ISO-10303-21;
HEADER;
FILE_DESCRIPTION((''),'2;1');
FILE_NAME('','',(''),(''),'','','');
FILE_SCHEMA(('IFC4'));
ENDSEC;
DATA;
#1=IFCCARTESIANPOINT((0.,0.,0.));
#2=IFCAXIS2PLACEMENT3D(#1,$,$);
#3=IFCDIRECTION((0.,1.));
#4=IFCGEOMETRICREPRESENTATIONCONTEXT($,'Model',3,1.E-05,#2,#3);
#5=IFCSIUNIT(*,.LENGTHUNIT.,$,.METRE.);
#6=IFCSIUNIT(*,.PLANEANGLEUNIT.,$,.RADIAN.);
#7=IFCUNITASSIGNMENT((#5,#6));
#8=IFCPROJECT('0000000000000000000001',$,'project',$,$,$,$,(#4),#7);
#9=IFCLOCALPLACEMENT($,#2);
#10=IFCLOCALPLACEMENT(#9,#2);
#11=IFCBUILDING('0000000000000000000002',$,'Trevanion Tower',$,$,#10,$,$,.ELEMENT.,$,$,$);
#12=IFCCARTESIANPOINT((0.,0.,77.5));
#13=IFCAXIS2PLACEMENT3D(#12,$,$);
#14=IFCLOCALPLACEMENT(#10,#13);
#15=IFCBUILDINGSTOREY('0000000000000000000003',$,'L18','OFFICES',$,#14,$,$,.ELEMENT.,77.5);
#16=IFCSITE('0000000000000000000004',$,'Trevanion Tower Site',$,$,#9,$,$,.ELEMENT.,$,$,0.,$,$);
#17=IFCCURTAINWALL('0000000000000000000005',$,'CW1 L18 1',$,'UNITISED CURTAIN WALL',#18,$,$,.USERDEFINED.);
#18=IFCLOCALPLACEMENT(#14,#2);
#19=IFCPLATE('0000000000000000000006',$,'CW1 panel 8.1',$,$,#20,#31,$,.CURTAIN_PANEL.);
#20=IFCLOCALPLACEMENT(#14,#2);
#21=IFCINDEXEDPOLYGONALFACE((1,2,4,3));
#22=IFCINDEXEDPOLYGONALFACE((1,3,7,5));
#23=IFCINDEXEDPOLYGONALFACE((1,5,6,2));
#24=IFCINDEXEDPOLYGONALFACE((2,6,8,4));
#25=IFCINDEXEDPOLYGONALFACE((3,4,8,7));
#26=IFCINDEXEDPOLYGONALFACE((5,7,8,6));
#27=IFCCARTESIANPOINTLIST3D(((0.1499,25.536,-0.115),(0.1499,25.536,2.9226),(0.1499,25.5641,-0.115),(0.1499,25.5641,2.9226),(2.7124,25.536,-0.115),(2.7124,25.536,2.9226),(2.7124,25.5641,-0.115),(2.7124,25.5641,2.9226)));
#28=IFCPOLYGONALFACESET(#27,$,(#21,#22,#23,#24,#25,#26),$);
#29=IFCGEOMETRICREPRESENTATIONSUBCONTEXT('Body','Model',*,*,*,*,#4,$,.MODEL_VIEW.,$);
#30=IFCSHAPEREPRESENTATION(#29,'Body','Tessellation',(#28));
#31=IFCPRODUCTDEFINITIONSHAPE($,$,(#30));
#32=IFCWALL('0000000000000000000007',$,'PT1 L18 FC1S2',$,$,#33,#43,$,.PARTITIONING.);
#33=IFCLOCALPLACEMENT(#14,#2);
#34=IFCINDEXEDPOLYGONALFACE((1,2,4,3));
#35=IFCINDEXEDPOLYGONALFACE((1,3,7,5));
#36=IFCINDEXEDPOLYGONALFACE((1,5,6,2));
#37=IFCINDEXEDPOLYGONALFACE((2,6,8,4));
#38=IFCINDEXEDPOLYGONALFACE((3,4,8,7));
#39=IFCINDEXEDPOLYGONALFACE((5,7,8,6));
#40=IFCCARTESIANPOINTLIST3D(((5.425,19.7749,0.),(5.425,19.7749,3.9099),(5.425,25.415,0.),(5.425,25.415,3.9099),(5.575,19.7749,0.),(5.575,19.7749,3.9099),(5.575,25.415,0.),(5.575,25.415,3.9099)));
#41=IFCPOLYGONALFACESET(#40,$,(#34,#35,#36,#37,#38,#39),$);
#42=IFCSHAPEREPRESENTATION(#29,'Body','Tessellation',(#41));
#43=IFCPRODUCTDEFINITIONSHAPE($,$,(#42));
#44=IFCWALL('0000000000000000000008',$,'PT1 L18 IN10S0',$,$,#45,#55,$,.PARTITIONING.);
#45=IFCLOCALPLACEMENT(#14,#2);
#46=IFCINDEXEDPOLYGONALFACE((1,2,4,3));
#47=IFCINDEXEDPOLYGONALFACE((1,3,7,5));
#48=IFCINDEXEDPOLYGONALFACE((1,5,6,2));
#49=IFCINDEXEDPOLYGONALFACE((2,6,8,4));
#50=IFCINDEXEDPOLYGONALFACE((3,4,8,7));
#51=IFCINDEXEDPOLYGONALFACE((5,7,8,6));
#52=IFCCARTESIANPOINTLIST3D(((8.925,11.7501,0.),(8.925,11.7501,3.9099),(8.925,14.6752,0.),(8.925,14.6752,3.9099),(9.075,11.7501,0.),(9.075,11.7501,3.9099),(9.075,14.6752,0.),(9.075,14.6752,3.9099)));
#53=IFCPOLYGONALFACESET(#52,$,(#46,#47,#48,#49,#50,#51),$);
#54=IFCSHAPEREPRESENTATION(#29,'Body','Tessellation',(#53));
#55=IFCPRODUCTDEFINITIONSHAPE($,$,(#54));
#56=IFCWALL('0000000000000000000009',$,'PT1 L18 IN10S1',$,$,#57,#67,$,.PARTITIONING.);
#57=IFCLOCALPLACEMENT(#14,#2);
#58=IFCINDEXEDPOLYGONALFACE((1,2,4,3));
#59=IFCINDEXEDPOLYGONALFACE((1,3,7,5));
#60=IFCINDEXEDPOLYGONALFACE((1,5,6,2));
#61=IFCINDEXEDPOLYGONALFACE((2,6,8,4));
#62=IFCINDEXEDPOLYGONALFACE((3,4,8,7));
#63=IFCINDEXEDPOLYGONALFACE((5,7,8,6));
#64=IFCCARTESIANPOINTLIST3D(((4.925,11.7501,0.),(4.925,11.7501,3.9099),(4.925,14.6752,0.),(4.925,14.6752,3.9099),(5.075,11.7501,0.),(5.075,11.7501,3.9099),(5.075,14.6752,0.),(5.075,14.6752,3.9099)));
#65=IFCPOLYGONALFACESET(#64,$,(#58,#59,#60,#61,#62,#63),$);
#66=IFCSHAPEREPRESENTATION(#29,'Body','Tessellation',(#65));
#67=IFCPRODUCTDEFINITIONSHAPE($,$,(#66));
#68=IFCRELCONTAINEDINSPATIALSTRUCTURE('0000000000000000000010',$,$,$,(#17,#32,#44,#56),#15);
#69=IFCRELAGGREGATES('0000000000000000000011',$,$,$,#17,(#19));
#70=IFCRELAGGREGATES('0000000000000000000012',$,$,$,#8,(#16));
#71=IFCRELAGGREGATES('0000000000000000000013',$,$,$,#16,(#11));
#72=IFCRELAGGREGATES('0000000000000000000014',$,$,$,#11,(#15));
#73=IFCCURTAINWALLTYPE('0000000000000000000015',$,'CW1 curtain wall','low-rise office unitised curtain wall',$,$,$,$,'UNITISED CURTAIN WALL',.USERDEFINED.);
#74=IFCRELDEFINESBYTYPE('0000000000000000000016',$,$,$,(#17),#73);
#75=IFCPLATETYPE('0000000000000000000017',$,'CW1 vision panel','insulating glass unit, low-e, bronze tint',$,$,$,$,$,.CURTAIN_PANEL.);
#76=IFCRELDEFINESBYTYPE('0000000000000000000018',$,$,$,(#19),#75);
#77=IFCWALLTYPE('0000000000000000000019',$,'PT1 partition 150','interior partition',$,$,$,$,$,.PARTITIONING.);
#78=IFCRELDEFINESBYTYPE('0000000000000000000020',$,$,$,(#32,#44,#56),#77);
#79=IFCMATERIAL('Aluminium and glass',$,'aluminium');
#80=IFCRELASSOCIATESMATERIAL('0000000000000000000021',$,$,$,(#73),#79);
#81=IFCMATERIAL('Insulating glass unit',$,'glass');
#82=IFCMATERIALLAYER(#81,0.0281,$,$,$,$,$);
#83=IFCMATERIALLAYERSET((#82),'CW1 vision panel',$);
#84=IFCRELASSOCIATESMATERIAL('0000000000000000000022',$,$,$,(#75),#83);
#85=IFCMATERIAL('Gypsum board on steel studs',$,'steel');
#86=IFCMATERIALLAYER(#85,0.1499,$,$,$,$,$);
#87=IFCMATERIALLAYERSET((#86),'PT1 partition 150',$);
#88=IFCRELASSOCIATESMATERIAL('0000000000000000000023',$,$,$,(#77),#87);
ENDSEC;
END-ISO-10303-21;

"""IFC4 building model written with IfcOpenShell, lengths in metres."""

from ifc_helpers import new_model, si_unit, direction, frame, frame_2d, origin, origin_2d, place, context, subcontext, project, spatial, rectangle, extrude, material, layer, layer_set, type_object, element, aggregate, save


model = new_model("IFC4")

# Units and contexts
model_context = context("Model", 3, precision=1e-05, world=origin(), true_north=direction((0.0, 1.0)))
body_context = subcontext(model_context, "Body", "Model", "MODEL_VIEW")
ifc_project = project(units=[si_unit("LENGTHUNIT", "METRE"), si_unit("PLANEANGLEUNIT", "RADIAN")], contexts=[model_context])

# Site, building, storey
site_placement = place(None, origin())
site = spatial("IfcSite", under=ifc_project, at=site_placement, Name="Trevanion Tower Site", CompositionType="ELEMENT", RefElevation=0.0)
building_placement = place(site_placement, origin())
building = spatial("IfcBuilding", under=site, at=building_placement, Name="Trevanion Tower", CompositionType="ELEMENT")
storey_placement = place(building_placement, frame((0.0, 0.0, 77.5)))
storey = spatial("IfcBuildingStorey", under=building, at=storey_placement, Name="L18", Description="OFFICES", CompositionType="ELEMENT", Elevation=77.5)

# Curtain wall, plate
ifc_material_1 = material(Name="Aluminium and glass", Category="aluminium")
curtain_wall_type = type_object("IfcCurtainWallType", Name="CW1 curtain wall", Description="low-rise office unitised curtain wall", ElementType="UNITISED CURTAIN WALL", PredefinedType="USERDEFINED", material=ifc_material_1)
curtain_wall_placement = place(storey_placement, origin())
curtain_wall = element("IfcCurtainWall", 1, at=curtain_wall_placement, inside=storey, type_object=curtain_wall_type, Name="CW1 L18 1", ObjectType="UNITISED CURTAIN WALL", PredefinedType="USERDEFINED")
ifc_material_2 = material(Name="Insulating glass unit", Category="glass")
ifc_layer_1 = layer(ifc_material_2, 0.0281)
ifc_layer_set_1 = layer_set([ifc_layer_1], Name="CW1 vision panel")
plate_type_1 = type_object("IfcPlateType", Name="CW1 vision panel", Description="insulating glass unit, low-e, bronze tint", PredefinedType="CURTAIN_PANEL", material=ifc_layer_set_1)
plate_1_placement = place(storey_placement, frame((1.4312, 25.55, -0.115), z_axis=(0.0, 0.0, 1.0), x_axis=(-1.0, 0.0, 0.0)))
plate_1 = element("IfcPlate", 2, at=plate_1_placement, type_object=plate_type_1, Name="CW1 panel 8.1", PredefinedType="CURTAIN_PANEL", context=body_context, shape_type="SweptSolid", body=[
    extrude(rectangle(XDim=2.5625, YDim=0.0281, at=origin_2d()), origin(), (0.0, 0.0, 1.0), 3.0376),
])
aggregate(curtain_wall, [plate_1])

# Walls
ifc_material_3 = material(Name="Gypsum board on steel studs", Category="steel")
ifc_layer_2 = layer(ifc_material_3, 0.1499)
ifc_layer_set_2 = layer_set([ifc_layer_2], Name="PT1 partition 150")
wall_type = type_object("IfcWallType", Name="PT1 partition 150", Description="interior partition", PredefinedType="PARTITIONING", material=ifc_layer_set_2)
wall_placement = place(storey_placement, frame((5.5, 19.7749, 0.0), z_axis=(0.0, 0.0, 1.0), x_axis=(0.0, 1.0, 0.0)))
element("IfcWall", 3, at=wall_placement, inside=storey, type_object=wall_type, Name="PT1 L18 FC1S2", PredefinedType="PARTITIONING", context=body_context, shape_type="SweptSolid", body=[
    extrude(rectangle(XDim=5.6401, YDim=0.1499, at=frame_2d((2.8201, 0.0))), origin(), (0.0, 0.0, 1.0), 3.9099),
])
for number, where, z_axis, x_axis, name in (
    (4, (9.0, 14.675, 0.0), (0.0, 0.0, 1.0), (0.0, -1.0, 0.0), "PT1 L18 IN10S0"),
    (5, (5.0, 14.675, 0.0), (0.0, 0.0, 1.0), (0.0, -1.0, 0.0), "PT1 L18 IN10S1"),
):
    element("IfcWall", number, at=place(storey_placement, frame(where, z_axis=z_axis, x_axis=x_axis)), inside=storey, type_object=wall_type, Name=name, PredefinedType="PARTITIONING", context=body_context, shape_type="SweptSolid", body=[
        extrude(rectangle(XDim=2.925, YDim=0.1499, at=frame_2d((1.4624, 0.0))), origin(), (0.0, 0.0, 1.0), 3.9099),
    ])

save(model, "model.ifc")
